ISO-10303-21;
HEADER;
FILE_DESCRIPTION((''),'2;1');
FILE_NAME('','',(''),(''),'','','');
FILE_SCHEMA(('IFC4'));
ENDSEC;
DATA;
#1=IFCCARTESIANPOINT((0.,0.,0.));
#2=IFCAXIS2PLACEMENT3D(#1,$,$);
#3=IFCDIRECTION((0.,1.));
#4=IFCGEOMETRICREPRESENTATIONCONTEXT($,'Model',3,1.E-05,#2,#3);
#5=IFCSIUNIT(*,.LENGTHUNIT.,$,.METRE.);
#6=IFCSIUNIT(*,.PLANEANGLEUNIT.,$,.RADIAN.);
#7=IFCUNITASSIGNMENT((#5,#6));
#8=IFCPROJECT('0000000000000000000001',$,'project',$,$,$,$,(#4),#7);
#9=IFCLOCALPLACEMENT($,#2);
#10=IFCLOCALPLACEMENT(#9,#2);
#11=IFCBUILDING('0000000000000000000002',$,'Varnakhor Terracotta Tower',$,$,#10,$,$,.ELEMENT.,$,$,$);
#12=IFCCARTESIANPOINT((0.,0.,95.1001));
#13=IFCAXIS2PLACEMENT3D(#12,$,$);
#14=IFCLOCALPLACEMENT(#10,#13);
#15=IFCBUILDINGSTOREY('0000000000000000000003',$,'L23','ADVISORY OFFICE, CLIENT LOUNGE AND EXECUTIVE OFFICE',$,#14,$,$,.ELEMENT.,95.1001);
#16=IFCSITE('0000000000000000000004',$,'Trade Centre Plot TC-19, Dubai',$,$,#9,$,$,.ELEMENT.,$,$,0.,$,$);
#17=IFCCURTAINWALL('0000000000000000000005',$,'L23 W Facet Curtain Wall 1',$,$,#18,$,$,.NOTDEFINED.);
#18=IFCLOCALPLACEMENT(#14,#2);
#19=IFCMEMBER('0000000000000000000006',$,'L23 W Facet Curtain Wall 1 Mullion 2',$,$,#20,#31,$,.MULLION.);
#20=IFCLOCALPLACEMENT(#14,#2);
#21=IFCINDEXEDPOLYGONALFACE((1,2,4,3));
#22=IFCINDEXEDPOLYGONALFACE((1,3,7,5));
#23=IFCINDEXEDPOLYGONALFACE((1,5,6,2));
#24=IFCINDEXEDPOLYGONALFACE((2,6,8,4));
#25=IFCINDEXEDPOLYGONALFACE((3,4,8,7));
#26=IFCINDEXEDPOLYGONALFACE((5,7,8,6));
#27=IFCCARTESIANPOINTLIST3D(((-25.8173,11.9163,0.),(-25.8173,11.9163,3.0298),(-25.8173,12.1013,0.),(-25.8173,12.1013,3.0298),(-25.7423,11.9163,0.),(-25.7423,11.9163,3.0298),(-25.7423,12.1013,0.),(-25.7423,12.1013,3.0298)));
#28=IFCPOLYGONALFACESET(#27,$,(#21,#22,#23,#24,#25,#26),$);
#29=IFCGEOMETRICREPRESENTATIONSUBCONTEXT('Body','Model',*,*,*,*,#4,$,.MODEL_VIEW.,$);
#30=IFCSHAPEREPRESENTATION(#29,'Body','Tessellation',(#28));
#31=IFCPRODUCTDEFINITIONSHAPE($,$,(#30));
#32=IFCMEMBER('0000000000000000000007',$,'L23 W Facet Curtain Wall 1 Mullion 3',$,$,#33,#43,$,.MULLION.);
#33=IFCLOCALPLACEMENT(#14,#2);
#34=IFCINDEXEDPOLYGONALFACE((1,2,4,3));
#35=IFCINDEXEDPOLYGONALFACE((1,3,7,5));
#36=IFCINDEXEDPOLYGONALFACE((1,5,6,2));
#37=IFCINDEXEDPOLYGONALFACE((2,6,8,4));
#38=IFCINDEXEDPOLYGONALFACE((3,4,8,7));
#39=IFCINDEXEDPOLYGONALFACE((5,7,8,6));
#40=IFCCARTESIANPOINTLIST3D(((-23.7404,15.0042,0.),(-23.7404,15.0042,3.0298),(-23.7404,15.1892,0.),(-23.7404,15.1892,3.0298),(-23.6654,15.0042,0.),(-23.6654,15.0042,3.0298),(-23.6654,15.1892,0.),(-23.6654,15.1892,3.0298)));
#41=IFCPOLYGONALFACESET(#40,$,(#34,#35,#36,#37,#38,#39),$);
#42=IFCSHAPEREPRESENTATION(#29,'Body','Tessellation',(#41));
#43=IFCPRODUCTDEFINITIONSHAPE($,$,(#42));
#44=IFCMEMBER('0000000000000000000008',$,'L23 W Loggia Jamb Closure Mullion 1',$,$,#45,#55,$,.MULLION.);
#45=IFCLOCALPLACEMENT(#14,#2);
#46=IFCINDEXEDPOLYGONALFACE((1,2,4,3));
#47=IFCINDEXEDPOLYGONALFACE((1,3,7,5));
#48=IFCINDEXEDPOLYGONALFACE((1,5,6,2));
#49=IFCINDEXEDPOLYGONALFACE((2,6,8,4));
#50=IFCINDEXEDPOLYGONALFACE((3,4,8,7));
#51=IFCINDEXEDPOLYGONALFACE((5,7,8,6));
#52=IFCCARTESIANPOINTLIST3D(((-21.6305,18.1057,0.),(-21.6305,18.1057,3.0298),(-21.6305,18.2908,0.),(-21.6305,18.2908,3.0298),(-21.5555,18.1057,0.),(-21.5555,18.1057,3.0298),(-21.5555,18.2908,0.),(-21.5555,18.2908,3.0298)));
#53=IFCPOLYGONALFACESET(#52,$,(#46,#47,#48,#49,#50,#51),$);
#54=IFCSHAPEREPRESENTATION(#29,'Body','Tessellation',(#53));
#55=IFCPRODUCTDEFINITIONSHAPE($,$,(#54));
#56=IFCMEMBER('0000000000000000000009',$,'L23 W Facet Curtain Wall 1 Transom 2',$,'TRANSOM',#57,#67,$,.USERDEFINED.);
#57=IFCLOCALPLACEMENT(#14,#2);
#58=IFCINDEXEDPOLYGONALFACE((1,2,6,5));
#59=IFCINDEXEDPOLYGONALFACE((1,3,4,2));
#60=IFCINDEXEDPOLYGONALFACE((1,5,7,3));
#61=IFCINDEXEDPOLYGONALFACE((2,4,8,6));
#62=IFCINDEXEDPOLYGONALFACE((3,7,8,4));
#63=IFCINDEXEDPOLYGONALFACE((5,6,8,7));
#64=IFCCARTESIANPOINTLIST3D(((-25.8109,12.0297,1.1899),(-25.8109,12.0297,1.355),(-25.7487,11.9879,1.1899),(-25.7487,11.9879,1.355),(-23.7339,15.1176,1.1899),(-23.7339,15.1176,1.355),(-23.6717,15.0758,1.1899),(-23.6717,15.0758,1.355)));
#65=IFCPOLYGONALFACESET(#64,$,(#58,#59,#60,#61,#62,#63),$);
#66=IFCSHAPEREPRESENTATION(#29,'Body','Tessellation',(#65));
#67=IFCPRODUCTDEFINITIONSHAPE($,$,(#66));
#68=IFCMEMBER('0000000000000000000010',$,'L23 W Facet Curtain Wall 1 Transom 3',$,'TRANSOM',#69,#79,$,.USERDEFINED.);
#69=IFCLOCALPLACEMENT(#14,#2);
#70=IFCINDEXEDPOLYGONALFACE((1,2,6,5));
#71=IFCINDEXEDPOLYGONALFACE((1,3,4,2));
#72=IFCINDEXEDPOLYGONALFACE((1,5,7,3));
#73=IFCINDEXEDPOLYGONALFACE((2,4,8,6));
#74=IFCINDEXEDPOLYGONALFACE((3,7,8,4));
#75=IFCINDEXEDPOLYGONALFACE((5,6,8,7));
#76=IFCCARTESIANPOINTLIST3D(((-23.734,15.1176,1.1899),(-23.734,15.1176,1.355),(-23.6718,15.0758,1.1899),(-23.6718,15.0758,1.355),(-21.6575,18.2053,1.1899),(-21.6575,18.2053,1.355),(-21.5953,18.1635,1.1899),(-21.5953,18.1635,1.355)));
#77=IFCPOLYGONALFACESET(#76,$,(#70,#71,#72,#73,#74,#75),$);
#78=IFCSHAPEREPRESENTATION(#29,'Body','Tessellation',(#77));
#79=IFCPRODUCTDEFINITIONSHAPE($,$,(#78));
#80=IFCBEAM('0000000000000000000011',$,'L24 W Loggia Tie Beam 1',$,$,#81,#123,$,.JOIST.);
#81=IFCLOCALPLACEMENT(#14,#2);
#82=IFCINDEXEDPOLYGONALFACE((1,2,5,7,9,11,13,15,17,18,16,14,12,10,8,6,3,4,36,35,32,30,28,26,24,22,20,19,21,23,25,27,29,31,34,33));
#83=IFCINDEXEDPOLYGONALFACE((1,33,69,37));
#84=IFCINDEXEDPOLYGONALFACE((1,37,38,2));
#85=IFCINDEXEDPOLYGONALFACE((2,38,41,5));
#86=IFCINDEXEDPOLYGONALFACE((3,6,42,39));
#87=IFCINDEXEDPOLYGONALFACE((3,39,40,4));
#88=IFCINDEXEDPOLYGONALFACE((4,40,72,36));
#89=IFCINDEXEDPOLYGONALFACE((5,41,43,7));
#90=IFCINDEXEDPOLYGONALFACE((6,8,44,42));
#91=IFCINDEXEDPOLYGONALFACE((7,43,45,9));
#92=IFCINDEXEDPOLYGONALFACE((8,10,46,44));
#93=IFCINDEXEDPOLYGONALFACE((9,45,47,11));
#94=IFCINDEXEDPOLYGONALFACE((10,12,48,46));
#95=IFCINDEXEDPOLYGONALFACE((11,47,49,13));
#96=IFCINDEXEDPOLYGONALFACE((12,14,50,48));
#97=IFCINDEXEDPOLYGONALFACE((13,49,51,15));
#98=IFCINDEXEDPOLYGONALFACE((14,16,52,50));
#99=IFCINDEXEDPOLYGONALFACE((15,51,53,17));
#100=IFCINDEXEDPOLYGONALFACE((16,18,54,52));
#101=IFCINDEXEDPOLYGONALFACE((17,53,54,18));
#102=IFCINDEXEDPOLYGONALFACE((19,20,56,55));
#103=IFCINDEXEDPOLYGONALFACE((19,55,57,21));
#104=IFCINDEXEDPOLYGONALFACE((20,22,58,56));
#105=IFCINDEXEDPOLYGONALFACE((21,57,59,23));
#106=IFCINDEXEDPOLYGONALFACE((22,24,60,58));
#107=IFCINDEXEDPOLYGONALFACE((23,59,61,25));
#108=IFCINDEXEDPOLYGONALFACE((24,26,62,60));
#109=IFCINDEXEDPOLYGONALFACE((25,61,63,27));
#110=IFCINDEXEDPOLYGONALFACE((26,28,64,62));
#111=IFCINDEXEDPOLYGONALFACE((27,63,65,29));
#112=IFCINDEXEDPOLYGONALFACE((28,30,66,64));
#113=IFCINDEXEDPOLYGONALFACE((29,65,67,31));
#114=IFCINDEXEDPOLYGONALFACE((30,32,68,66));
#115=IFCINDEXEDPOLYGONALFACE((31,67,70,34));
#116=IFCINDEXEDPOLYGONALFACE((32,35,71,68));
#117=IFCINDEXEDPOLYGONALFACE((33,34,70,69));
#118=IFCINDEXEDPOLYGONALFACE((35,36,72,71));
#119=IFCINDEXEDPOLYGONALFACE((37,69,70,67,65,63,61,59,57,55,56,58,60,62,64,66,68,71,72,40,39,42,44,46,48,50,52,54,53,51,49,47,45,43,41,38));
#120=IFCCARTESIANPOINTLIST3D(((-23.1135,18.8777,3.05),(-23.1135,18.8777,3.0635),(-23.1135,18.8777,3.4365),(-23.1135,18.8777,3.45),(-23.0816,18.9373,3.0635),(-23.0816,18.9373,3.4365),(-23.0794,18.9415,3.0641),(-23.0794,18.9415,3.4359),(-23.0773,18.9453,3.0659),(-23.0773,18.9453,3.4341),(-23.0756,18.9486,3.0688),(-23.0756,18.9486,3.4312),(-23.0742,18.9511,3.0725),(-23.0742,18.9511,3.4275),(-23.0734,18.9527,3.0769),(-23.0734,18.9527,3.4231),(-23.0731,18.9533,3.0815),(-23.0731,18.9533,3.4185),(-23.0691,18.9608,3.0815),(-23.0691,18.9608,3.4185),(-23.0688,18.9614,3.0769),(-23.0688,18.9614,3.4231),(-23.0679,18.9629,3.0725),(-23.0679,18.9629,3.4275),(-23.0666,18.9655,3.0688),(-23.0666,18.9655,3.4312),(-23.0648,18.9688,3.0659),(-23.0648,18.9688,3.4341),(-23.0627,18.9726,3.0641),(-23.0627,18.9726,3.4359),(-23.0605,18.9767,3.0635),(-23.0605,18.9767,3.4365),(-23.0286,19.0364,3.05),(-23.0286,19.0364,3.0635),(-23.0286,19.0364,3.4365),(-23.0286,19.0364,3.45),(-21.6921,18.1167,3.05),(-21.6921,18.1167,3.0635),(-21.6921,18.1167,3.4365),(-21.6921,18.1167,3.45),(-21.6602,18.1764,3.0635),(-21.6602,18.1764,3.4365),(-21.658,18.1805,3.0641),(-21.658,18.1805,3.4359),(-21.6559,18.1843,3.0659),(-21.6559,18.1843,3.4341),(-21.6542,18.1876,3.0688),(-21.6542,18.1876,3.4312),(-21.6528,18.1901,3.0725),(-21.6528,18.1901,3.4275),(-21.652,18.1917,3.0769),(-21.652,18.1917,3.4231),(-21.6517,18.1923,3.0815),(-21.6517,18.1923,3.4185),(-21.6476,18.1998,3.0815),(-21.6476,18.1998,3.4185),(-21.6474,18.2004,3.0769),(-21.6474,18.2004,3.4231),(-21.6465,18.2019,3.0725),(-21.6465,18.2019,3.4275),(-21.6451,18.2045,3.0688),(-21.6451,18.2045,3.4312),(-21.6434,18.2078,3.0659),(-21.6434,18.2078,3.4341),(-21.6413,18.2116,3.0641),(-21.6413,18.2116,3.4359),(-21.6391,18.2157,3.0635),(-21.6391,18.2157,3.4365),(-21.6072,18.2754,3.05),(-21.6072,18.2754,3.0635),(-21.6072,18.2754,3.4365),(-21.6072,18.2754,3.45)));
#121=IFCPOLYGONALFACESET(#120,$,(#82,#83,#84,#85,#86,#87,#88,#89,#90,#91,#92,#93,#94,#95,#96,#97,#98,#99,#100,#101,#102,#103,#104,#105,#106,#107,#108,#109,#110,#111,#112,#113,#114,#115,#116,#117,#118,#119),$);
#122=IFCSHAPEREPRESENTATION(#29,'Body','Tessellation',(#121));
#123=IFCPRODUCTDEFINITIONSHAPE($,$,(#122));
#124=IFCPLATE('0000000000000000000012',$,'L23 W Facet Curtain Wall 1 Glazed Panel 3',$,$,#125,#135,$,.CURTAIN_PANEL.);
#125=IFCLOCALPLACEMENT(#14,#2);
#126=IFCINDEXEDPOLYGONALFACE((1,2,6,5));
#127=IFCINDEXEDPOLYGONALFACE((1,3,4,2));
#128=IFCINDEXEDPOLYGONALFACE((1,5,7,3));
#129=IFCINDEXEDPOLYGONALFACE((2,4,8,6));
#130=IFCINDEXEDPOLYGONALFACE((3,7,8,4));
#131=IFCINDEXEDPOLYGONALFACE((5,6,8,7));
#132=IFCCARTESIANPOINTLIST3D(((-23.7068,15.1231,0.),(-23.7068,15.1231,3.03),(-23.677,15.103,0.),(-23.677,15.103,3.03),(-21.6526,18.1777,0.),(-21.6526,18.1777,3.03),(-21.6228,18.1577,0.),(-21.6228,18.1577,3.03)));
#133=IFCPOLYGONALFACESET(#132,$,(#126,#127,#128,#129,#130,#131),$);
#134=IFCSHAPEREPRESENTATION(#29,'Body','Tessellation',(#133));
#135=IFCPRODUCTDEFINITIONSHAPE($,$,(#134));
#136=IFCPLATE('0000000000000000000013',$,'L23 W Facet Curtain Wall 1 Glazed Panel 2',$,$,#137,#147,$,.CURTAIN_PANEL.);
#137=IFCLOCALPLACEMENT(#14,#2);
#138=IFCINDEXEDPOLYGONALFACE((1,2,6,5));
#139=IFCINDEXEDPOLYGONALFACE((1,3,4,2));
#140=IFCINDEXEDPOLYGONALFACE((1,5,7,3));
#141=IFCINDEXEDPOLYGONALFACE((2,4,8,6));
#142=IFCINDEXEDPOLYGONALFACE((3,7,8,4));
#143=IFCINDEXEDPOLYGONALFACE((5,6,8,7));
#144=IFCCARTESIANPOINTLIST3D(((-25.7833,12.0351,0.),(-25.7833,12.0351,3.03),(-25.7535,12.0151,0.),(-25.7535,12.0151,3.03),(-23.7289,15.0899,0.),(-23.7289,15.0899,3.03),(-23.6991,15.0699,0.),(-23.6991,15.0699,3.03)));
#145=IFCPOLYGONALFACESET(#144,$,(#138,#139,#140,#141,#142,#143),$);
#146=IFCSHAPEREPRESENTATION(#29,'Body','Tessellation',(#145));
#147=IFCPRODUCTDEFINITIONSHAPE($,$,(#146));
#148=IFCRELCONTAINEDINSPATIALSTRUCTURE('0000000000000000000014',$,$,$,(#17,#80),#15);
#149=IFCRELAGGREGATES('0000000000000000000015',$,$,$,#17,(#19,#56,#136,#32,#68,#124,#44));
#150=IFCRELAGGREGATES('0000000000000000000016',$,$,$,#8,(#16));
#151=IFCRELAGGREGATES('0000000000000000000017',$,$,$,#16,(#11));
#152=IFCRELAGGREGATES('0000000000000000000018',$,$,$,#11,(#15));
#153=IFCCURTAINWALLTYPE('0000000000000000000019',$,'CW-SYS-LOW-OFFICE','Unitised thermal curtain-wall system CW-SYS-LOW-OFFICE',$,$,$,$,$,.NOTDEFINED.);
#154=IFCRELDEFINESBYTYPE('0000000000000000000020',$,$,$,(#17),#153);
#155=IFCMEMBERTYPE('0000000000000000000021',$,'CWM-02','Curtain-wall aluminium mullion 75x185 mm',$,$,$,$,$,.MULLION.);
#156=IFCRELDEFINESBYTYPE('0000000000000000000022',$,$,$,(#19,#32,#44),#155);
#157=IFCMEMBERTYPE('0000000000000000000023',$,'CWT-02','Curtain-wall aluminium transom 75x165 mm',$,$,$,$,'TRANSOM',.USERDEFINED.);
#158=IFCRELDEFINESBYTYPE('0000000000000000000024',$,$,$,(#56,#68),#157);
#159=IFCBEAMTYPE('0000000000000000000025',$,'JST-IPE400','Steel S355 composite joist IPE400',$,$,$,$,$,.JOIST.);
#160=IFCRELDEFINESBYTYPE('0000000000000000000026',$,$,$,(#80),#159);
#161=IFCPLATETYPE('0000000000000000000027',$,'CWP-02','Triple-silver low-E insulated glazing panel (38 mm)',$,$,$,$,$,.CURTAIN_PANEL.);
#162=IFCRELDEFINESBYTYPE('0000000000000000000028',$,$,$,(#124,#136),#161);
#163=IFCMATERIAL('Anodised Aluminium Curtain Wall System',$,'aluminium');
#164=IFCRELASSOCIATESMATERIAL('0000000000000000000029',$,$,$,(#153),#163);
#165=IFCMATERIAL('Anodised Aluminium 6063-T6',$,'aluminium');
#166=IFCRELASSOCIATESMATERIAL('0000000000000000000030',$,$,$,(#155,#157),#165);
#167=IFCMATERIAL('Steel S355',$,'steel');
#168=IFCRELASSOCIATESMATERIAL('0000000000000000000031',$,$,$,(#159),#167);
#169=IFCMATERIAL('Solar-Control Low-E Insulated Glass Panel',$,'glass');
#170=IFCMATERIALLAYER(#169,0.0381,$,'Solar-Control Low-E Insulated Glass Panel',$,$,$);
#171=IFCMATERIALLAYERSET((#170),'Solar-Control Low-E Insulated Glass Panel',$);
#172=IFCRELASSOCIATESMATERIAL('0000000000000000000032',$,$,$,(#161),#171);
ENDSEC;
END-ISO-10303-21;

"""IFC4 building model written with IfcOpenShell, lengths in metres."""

from ifc_helpers import new_model, si_unit, direction, frame, origin, origin_2d, place, context, subcontext, project, spatial, rectangle, i_section, extrude, source, transform, mapped, material, layer, layer_set, material_profile, profile_set, type_object, element, aggregate, save


model = new_model("IFC4")

# Units and contexts
model_context = context("Model", 3, precision=1e-05, world=origin(), true_north=direction((0.0, 1.0)))
body_context = subcontext(model_context, "Body", "Model", "MODEL_VIEW")
ifc_project = project(units=[si_unit("LENGTHUNIT", "METRE"), si_unit("PLANEANGLEUNIT", "RADIAN")], contexts=[model_context])

# Site, building, storey
site_placement = place(None, origin())
site = spatial("IfcSite", under=ifc_project, at=site_placement, Name="Trade Centre Plot TC-19, Dubai", CompositionType="ELEMENT", RefElevation=0.0)
building_placement = place(site_placement, origin())
building = spatial("IfcBuilding", under=site, at=building_placement, Name="Varnakhor Terracotta Tower", CompositionType="ELEMENT")
storey_placement = place(building_placement, frame((0.0, 0.0, 95.1001)))
storey = spatial("IfcBuildingStorey", under=building, at=storey_placement, Name="L23", Description="ADVISORY OFFICE, CLIENT LOUNGE AND EXECUTIVE OFFICE", CompositionType="ELEMENT", Elevation=95.1001)

# Shared definitions
ifc_material_1 = material(Name="Steel S355", Category="steel")

# Curtain wall, members
ifc_material_2 = material(Name="Anodised Aluminium Curtain Wall System", Category="aluminium")
curtain_wall_type = type_object("IfcCurtainWallType", Name="CW-SYS-LOW-OFFICE", Description="Unitised thermal curtain-wall system CW-SYS-LOW-OFFICE", PredefinedType="NOTDEFINED", material=ifc_material_2)
curtain_wall_placement = place(storey_placement, origin())
curtain_wall = element("IfcCurtainWall", 1, at=curtain_wall_placement, inside=storey, type_object=curtain_wall_type, Name="L23 W Facet Curtain Wall 1", PredefinedType="NOTDEFINED")
ifc_material_3 = material(Name="Anodised Aluminium 6063-T6", Category="aluminium")
ifc_material_profile_1 = material_profile(ifc_material_3, rectangle(XDim=0.075, YDim=0.1851, at=origin_2d()), Name="ALU MULLION 75x185")
ifc_profile_set_1 = profile_set([ifc_material_profile_1], Name="Anodised Aluminium 6063-T6")
member_type_1 = type_object("IfcMemberType", Name="CWM-02", Description="Curtain-wall aluminium mullion 75x185 mm", PredefinedType="MULLION", material=ifc_profile_set_1)
shared_shape_1 = source(origin(), body_context, "Body", "SweptSolid", [
    extrude(rectangle(XDim=0.075, YDim=0.1851, at=origin_2d()), origin(), (0.0, 0.0, 1.0), 3.0298),
])
member_1_placement = place(storey_placement, frame((-25.7798, 12.0088, 0.0), z_axis=(0.0, 0.0, 1.0), x_axis=(1.0, 0.0, 0.0)))
member_1 = element("IfcMember", 2, at=member_1_placement, type_object=member_type_1, Name="L23 W Facet Curtain Wall 1 Mullion 2", PredefinedType="MULLION", context=body_context, shape_type="MappedRepresentation", body=[
    mapped(shared_shape_1, transform((0.0, 0.0, 0.0), scale=1.0)),
])
member_2_placement = place(storey_placement, frame((-23.7029, 15.0967, 0.0), z_axis=(0.0, 0.0, 1.0), x_axis=(1.0, 0.0, 0.0)))
member_2 = element("IfcMember", 3, at=member_2_placement, type_object=member_type_1, Name="L23 W Facet Curtain Wall 1 Mullion 3", PredefinedType="MULLION", context=body_context, shape_type="MappedRepresentation", body=[
    mapped(shared_shape_1, transform((0.0, 0.0, 0.0), scale=1.0)),
])
member_3_placement = place(storey_placement, frame((-21.593, 18.1982, 0.0), z_axis=(0.0, 0.0, 1.0), x_axis=(1.0, 0.0, 0.0)))
member_3 = element("IfcMember", 4, at=member_3_placement, type_object=member_type_1, Name="L23 W Loggia Jamb Closure Mullion 1", PredefinedType="MULLION", context=body_context, shape_type="MappedRepresentation", body=[
    mapped(shared_shape_1, transform((0.0, 0.0, 0.0), scale=1.0)),
])
ifc_material_profile_2 = material_profile(ifc_material_3, rectangle(XDim=0.075, YDim=0.165, at=origin_2d()), Name="ALU TRANSOM 75x165")
ifc_profile_set_2 = profile_set([ifc_material_profile_2], Name="Anodised Aluminium 6063-T6")
member_type_2 = type_object("IfcMemberType", Name="CWT-02", Description="Curtain-wall aluminium transom 75x165 mm", ElementType="TRANSOM", PredefinedType="USERDEFINED", material=ifc_profile_set_2)
shared_shape_2 = source(origin(), body_context, "Body", "SweptSolid", [
    extrude(rectangle(XDim=0.075, YDim=0.165, at=origin_2d()), origin(), (0.0, 0.0, 1.0), 3.7214),
])
member_4_placement = place(storey_placement, frame((-25.7798, 12.0088, 1.2725), z_axis=(0.558102, 0.829772, 0.0), x_axis=(-0.829772, 0.558102, 0.0)))
member_4 = element("IfcMember", 5, at=member_4_placement, type_object=member_type_2, Name="L23 W Facet Curtain Wall 1 Transom 2", ObjectType="TRANSOM", PredefinedType="USERDEFINED", context=body_context, shape_type="MappedRepresentation", body=[
    mapped(shared_shape_2, transform((0.0, 0.0, 0.0), scale=1.0)),
])
shared_shape_3 = source(origin(), body_context, "Body", "SweptSolid", [
    extrude(rectangle(XDim=0.075, YDim=0.165, at=origin_2d()), origin(), (0.0, 0.0, 1.0), 3.7209),
])
member_5_placement = place(storey_placement, frame((-23.7029, 15.0967, 1.2725), z_axis=(0.558042, 0.829813, 0.0), x_axis=(-0.829813, 0.558042, 0.0)))
member_5 = element("IfcMember", 6, at=member_5_placement, type_object=member_type_2, Name="L23 W Facet Curtain Wall 1 Transom 3", ObjectType="TRANSOM", PredefinedType="USERDEFINED", context=body_context, shape_type="MappedRepresentation", body=[
    mapped(shared_shape_3, transform((0.0, 0.0, 0.0), scale=1.0)),
])

# Beam
ifc_material_profile_3 = material_profile(ifc_material_1, i_section(OverallWidth=0.1799, OverallDepth=0.3999, WebThickness=0.0085, FlangeThickness=0.0134, FilletRadius=0.0181, at=origin_2d()), Name="IPE400")
ifc_profile_set_3 = profile_set([ifc_material_profile_3], Name="Steel S355")
beam_type_1 = type_object("IfcBeamType", Name="JST-IPE400", Description="Steel S355 composite joist IPE400", PredefinedType="JOIST", material=ifc_profile_set_3)
shared_shape_4 = source(origin(), body_context, "Body", "SweptSolid", [
    extrude(i_section(OverallWidth=0.1799, OverallDepth=0.3999, WebThickness=0.0085, FlangeThickness=0.0134, FilletRadius=0.0181, at=origin_2d()), origin(), (0.0, 0.0, 1.0), 1.6123),
])
beam_1_placement = place(storey_placement, frame((-21.6497, 18.196, 3.25), z_axis=(-0.881602, 0.471994, 0.0), x_axis=(-0.471994, -0.881602, 0.0)))
element("IfcBeam", 7, at=beam_1_placement, inside=storey, type_object=beam_type_1, Name="L24 W Loggia Tie Beam 1", PredefinedType="JOIST", context=body_context, shape_type="MappedRepresentation", body=[
    mapped(shared_shape_4, transform((0.0, 0.0, 0.0), scale=1.0)),
])

# Plates
ifc_material_4 = material(Name="Solar-Control Low-E Insulated Glass Panel", Category="glass")
ifc_layer_1 = layer(ifc_material_4, 0.0381, Name="Solar-Control Low-E Insulated Glass Panel")
ifc_layer_set_1 = layer_set([ifc_layer_1], Name="Solar-Control Low-E Insulated Glass Panel")
plate_type = type_object("IfcPlateType", Name="CWP-02", Description="Triple-silver low-E insulated glazing panel (38 mm)", PredefinedType="CURTAIN_PANEL", material=ifc_layer_set_1)
shared_shape_5 = source(origin(), body_context, "Body", "SweptSolid", [
    extrude(rectangle(XDim=3.6812, YDim=0.0359, at=origin_2d()), origin(), (0.0, 0.0, 1.0), 3.03),
])
plate_1_placement = place(storey_placement, frame((-22.6648, 16.6404, 0.0), z_axis=(0.0, 0.0, 1.0), x_axis=(0.558049, 0.829808, 0.0)))
plate_1 = element("IfcPlate", 8, at=plate_1_placement, type_object=plate_type, Name="L23 W Facet Curtain Wall 1 Glazed Panel 3", PredefinedType="CURTAIN_PANEL", context=body_context, shape_type="MappedRepresentation", body=[
    mapped(shared_shape_5, transform((0.0, 0.0, 0.0), scale=1.0)),
])
shared_shape_6 = source(origin(), body_context, "Body", "SweptSolid", [
    extrude(rectangle(XDim=3.6814, YDim=0.0359, at=origin_2d()), origin(), (0.0, 0.0, 1.0), 3.03),
])
plate_2_placement = place(storey_placement, frame((-24.7412, 13.5525, 0.0), z_axis=(0.0, 0.0, 1.0), x_axis=(0.558049, 0.829808, 0.0)))
plate_2 = element("IfcPlate", 9, at=plate_2_placement, type_object=plate_type, Name="L23 W Facet Curtain Wall 1 Glazed Panel 2", PredefinedType="CURTAIN_PANEL", context=body_context, shape_type="MappedRepresentation", body=[
    mapped(shared_shape_6, transform((0.0, 0.0, 0.0), scale=1.0)),
])
aggregate(curtain_wall, [member_1, member_4, plate_2, member_2, member_5, plate_1, member_3])

save(model, "model.ifc")
